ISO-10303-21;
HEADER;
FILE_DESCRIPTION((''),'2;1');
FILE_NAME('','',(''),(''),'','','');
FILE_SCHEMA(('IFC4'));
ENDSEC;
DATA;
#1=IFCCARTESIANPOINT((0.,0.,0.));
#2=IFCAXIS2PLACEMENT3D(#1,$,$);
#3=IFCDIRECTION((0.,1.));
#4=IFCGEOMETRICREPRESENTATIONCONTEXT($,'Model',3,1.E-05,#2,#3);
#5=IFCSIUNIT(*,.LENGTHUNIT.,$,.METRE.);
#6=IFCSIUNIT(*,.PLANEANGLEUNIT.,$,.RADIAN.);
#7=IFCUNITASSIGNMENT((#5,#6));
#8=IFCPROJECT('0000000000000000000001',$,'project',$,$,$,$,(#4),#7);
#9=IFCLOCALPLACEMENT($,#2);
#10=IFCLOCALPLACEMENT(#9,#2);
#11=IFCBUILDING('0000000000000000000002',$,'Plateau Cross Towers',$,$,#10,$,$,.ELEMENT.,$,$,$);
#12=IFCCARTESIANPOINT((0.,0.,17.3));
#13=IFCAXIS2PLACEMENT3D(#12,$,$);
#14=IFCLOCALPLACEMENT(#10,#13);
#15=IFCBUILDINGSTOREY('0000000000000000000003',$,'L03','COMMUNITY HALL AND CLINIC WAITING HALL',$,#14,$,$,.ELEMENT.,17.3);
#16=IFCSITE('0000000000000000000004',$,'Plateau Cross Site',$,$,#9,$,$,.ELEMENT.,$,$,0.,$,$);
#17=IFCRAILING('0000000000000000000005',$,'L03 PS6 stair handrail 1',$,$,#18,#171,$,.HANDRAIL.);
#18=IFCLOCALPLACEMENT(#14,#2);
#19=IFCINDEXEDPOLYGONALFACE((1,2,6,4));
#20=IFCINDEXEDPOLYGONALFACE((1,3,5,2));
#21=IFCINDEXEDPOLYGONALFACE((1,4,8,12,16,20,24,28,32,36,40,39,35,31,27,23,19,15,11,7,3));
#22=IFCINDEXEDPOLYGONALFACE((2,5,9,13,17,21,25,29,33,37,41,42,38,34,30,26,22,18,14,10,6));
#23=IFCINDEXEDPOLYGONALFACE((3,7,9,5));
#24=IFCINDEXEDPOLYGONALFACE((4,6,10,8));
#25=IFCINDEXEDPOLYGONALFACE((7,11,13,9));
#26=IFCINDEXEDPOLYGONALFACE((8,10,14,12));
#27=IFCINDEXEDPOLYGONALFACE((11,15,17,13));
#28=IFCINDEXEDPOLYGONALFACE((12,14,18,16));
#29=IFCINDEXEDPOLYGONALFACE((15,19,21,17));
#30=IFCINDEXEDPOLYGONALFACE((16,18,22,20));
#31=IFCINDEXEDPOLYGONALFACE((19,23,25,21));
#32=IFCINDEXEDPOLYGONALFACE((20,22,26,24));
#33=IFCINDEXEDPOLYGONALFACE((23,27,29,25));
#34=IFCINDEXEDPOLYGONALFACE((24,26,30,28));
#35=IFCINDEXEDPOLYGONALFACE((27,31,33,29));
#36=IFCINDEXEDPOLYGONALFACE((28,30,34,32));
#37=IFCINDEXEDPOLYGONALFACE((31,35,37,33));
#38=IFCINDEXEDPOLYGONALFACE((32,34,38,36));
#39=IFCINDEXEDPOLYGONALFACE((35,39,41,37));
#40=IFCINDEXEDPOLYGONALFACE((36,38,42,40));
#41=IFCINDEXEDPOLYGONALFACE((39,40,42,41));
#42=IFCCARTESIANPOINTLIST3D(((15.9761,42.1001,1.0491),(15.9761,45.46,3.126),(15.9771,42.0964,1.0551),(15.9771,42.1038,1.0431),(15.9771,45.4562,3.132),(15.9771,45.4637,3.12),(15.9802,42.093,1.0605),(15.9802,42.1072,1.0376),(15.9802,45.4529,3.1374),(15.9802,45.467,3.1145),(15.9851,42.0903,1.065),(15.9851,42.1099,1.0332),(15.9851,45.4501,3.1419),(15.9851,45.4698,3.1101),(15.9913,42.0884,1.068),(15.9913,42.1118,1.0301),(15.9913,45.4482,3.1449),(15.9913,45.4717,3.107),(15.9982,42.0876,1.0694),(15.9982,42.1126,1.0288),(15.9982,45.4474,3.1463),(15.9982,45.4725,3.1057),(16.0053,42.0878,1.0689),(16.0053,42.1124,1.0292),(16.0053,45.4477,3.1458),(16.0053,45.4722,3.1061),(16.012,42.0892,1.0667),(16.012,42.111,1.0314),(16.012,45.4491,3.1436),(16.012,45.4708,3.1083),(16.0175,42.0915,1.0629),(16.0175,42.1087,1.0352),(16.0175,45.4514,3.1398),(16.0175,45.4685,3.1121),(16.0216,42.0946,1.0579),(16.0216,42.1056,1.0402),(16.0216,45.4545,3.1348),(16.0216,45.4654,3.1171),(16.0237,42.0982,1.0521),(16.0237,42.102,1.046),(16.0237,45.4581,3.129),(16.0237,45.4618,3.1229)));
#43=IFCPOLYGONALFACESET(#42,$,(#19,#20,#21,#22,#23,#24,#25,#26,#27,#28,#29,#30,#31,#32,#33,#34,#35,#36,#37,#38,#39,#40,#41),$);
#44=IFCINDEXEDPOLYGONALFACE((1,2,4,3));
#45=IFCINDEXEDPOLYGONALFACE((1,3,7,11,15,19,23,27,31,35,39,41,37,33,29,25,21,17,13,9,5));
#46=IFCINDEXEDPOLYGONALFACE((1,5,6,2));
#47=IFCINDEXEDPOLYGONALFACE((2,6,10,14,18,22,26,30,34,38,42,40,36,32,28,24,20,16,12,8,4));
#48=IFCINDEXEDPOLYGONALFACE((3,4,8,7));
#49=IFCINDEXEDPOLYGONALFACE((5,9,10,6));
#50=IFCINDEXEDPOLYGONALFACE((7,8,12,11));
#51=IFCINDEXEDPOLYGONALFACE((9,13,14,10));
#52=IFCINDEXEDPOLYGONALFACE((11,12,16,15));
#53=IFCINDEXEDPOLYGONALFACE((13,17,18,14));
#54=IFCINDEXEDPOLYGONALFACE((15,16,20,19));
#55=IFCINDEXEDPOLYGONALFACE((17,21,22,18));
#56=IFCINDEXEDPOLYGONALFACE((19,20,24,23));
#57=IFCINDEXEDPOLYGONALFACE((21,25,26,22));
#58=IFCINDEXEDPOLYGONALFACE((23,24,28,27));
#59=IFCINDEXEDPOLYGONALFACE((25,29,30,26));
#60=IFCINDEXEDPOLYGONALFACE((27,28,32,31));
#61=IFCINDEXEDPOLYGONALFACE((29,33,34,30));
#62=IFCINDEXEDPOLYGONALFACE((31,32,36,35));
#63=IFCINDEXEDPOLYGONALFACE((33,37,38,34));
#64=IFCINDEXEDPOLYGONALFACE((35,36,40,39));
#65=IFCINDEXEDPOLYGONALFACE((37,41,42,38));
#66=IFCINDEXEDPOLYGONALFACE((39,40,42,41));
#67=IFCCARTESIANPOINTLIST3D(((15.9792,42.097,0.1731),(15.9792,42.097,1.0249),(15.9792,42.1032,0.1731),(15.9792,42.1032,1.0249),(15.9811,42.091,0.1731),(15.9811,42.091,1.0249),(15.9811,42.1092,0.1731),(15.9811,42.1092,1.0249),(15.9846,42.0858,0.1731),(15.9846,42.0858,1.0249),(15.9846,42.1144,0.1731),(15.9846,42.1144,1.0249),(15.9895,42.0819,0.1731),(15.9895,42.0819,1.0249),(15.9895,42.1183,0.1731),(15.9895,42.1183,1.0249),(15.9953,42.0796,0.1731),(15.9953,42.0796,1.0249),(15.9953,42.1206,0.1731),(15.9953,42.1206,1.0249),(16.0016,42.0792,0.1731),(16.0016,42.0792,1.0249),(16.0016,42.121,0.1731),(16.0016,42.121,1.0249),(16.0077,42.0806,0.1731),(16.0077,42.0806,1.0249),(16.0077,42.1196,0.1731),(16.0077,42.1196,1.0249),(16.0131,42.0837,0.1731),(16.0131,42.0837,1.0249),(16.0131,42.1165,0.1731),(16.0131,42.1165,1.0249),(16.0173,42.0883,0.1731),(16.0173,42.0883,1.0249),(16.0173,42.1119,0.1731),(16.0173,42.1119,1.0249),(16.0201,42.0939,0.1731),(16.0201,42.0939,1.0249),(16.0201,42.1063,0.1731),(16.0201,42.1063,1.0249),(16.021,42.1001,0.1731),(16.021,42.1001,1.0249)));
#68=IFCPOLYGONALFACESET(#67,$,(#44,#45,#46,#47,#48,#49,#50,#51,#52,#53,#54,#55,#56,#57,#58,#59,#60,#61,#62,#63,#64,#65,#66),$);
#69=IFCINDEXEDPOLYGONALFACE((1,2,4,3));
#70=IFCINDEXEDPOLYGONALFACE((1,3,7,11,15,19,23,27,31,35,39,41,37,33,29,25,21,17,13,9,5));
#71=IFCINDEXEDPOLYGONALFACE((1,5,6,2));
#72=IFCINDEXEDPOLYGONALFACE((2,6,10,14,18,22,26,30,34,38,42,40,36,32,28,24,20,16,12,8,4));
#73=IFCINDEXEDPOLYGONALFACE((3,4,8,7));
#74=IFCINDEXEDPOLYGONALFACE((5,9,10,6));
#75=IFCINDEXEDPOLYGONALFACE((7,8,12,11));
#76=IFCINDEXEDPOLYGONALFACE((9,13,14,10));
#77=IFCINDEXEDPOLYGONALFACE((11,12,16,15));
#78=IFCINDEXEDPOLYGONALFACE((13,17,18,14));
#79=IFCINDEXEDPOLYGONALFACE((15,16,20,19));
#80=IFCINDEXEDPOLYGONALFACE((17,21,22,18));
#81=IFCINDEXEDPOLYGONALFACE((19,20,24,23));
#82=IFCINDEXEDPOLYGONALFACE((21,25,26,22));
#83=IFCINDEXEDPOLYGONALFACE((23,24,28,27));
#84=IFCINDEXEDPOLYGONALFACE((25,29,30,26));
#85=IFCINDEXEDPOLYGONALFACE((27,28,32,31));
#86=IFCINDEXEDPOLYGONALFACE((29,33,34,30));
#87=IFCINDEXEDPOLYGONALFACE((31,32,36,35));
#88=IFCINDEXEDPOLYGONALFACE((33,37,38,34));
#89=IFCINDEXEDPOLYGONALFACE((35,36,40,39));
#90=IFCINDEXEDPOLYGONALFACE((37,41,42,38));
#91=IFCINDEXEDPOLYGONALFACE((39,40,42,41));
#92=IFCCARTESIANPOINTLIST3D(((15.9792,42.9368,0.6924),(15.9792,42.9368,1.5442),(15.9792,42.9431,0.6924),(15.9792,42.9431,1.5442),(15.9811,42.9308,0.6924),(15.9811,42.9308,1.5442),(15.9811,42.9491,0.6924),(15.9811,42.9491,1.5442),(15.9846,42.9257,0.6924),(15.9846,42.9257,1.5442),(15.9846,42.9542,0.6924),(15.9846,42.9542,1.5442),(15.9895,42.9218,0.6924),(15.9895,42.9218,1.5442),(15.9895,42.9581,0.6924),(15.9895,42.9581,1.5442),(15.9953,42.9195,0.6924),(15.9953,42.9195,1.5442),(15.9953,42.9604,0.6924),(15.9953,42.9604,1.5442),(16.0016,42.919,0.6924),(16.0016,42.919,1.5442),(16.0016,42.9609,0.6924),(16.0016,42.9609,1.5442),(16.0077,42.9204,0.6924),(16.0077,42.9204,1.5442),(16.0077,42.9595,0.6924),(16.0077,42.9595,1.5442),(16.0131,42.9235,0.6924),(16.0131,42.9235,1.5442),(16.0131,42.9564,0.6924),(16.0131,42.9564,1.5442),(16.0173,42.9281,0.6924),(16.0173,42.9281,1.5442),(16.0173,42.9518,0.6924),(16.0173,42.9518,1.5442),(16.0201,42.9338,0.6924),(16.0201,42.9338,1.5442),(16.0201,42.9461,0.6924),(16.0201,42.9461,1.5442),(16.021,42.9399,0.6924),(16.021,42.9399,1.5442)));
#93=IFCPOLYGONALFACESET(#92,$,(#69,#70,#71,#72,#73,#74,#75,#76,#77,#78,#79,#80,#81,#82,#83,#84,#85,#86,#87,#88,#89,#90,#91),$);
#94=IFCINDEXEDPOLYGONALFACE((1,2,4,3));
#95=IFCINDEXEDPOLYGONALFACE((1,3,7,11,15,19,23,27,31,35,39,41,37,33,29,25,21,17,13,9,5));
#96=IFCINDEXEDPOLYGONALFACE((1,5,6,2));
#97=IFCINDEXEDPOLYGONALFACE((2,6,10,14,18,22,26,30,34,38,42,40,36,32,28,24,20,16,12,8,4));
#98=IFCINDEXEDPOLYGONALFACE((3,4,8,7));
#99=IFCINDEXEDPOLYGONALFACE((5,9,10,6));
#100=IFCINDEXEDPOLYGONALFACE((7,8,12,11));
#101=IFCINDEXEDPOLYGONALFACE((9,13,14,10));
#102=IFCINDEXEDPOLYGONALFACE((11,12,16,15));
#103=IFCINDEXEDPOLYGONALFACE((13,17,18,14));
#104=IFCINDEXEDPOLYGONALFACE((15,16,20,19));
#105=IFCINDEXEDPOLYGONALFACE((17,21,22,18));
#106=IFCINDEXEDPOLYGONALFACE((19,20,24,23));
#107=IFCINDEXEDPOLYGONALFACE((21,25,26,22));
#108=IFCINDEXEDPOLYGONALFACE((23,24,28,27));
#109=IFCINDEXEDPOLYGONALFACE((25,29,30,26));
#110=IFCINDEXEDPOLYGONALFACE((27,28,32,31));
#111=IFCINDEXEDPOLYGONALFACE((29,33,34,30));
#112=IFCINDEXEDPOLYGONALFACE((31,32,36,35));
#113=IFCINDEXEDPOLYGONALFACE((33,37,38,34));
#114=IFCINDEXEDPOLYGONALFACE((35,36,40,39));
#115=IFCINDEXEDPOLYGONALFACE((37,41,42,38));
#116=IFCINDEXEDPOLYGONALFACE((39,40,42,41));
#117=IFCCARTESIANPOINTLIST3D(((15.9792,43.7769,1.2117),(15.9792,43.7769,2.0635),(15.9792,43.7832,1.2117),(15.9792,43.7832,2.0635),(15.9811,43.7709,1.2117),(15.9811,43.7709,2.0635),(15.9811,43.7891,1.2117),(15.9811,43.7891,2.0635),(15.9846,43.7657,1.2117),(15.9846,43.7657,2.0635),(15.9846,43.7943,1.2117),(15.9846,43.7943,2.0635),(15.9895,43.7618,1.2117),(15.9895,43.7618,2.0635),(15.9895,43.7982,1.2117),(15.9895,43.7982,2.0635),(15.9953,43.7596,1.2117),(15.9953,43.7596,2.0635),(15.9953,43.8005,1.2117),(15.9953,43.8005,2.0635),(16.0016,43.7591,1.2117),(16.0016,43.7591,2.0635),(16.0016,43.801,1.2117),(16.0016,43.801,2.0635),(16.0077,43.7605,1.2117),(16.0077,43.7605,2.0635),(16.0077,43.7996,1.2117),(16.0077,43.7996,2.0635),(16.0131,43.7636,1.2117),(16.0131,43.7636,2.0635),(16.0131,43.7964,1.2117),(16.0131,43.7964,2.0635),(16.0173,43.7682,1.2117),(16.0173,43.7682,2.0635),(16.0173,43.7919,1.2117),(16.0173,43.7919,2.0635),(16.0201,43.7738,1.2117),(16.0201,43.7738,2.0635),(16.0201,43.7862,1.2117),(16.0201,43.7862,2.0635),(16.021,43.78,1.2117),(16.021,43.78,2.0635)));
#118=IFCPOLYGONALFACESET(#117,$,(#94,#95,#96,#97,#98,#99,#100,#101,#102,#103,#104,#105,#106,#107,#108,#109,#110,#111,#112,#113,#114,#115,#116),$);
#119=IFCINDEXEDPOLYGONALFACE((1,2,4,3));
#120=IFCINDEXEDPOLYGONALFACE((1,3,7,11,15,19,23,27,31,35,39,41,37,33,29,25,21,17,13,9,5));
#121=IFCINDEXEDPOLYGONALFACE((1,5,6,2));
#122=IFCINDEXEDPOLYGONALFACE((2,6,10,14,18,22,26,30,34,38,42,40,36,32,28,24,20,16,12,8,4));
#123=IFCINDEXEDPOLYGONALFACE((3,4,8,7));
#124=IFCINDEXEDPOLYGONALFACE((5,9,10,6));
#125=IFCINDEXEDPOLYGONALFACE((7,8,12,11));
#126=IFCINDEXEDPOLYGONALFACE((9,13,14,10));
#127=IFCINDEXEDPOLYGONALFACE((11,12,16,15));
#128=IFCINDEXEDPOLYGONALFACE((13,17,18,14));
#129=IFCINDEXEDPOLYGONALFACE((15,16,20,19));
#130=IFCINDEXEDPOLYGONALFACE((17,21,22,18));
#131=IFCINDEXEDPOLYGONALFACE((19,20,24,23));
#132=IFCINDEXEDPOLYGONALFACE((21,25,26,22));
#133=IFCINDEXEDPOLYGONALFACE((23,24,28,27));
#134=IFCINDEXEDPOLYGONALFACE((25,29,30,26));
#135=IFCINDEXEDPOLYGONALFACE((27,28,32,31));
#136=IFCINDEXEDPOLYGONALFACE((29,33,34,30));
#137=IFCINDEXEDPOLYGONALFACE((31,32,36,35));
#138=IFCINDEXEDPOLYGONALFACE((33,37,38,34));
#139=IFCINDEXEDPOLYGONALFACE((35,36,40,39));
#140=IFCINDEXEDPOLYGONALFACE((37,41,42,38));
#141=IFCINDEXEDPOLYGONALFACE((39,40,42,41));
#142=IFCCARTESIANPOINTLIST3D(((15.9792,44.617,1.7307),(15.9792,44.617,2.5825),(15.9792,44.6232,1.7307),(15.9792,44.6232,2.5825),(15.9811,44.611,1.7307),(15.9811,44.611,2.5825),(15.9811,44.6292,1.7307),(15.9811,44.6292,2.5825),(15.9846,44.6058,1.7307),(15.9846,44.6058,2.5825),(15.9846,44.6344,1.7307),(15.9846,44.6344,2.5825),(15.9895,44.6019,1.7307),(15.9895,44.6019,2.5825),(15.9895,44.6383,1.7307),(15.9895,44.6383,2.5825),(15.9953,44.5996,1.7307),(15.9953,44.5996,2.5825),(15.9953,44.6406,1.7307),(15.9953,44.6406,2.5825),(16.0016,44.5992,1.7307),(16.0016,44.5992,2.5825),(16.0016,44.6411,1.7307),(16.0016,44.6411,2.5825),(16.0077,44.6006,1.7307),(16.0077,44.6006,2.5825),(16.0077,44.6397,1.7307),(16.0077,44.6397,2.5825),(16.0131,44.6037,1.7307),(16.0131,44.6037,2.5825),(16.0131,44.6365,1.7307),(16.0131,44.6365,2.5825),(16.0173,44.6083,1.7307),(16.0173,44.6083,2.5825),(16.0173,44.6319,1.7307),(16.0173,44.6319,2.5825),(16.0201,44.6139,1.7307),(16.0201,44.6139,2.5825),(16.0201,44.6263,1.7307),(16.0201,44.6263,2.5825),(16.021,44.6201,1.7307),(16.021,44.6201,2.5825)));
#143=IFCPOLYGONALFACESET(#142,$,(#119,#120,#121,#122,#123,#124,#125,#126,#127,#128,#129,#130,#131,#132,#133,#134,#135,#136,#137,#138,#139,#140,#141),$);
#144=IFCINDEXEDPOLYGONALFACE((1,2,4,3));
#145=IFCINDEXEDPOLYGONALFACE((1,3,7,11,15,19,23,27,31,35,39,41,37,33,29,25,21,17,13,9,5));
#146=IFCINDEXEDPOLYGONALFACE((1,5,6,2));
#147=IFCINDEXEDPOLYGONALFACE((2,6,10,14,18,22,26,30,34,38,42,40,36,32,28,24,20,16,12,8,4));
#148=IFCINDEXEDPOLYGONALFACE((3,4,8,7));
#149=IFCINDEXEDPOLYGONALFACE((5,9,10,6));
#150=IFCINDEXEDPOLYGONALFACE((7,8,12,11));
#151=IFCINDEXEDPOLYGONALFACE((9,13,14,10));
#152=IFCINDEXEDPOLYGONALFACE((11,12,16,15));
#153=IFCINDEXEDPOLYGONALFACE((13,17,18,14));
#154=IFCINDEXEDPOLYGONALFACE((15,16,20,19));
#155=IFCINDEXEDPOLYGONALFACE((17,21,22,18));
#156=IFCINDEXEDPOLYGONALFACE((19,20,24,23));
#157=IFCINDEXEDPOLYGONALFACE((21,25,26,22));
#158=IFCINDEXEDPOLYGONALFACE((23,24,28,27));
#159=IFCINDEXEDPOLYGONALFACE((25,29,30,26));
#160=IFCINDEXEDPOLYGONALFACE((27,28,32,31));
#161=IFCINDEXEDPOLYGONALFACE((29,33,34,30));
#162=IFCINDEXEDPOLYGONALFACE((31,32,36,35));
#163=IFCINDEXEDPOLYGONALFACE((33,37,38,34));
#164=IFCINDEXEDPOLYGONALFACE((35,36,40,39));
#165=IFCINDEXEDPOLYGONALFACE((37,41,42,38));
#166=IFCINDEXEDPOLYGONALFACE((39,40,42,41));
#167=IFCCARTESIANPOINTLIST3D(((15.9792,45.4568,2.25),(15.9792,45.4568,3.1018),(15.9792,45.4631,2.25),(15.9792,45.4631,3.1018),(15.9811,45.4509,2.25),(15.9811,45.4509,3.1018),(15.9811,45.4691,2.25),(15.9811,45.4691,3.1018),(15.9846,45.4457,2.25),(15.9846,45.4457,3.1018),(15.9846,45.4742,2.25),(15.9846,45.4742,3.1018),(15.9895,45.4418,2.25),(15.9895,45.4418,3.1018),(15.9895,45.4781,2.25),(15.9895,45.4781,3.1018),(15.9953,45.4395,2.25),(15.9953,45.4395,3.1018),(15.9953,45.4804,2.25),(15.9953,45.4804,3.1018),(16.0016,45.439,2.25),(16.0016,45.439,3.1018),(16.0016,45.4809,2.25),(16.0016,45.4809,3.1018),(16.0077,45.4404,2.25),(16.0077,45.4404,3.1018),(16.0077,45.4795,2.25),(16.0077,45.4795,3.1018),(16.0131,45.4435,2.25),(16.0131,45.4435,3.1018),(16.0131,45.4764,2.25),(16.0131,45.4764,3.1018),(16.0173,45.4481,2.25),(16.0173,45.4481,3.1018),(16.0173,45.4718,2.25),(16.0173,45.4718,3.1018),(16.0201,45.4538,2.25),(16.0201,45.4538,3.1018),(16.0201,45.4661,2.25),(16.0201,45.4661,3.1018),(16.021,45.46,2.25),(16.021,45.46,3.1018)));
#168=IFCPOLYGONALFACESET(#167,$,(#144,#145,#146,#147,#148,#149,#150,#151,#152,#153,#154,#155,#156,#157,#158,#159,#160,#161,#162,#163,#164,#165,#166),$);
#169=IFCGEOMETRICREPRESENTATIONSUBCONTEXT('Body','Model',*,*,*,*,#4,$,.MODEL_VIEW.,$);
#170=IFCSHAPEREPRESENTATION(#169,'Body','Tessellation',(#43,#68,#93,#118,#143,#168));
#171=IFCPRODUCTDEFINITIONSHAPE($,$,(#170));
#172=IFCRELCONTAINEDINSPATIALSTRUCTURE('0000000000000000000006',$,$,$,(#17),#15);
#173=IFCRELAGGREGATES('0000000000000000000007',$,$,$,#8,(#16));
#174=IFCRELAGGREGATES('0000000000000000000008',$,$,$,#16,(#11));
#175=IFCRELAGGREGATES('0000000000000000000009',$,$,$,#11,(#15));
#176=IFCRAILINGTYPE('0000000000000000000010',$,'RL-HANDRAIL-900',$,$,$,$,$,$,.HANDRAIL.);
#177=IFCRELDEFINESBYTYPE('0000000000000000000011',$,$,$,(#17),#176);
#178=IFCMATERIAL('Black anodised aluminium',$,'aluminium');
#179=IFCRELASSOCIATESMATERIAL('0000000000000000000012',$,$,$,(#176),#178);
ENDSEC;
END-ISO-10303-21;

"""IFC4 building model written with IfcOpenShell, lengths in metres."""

from ifc_helpers import new_model, si_unit, direction, frame, origin, origin_2d, place, context, subcontext, project, spatial, circle, extrude, material, type_object, element, save


model = new_model("IFC4")

# Units and contexts
model_context = context("Model", 3, precision=1e-05, world=origin(), true_north=direction((0.0, 1.0)))
body_context = subcontext(model_context, "Body", "Model", "MODEL_VIEW")
ifc_project = project(units=[si_unit("LENGTHUNIT", "METRE"), si_unit("PLANEANGLEUNIT", "RADIAN")], contexts=[model_context])

# Site, building, storey
site_placement = place(None, origin())
site = spatial("IfcSite", under=ifc_project, at=site_placement, Name="Plateau Cross Site", CompositionType="ELEMENT", RefElevation=0.0)
building_placement = place(site_placement, origin())
building = spatial("IfcBuilding", under=site, at=building_placement, Name="Plateau Cross Towers", CompositionType="ELEMENT")
storey_placement = place(building_placement, frame((0.0, 0.0, 17.3)))
storey = spatial("IfcBuildingStorey", under=building, at=storey_placement, Name="L03", Description="COMMUNITY HALL AND CLINIC WAITING HALL", CompositionType="ELEMENT", Elevation=17.3)

# Shared definitions
ifc_material_1 = material(Name="Black anodised aluminium", Category="aluminium")

# Railing
railing_type_1 = type_object("IfcRailingType", Name="RL-HANDRAIL-900", PredefinedType="HANDRAIL", material=ifc_material_1)
railing_1_placement = place(storey_placement, frame((16.0, 42.1001, 0.1731)))
element("IfcRailing", 1, at=railing_1_placement, inside=storey, type_object=railing_type_1, Name="L03 PS6 stair handrail 1", PredefinedType="HANDRAIL", context=body_context, shape_type="SweptSolid", body=[
    extrude(circle(Radius=0.0239, at=origin_2d()), frame((0.0, 0.0, 0.876), z_axis=(0.0, 0.850606, 0.525803), x_axis=(-1.0, 0.0, 0.0)), (0.0, 0.0, 1.0), 3.95),
    extrude(circle(Radius=0.021, at=origin_2d()), origin(), (0.0, 0.0, 1.0), 0.8518),
    extrude(circle(Radius=0.021, at=origin_2d()), frame((0.0, 0.8398, 0.5193)), (0.0, 0.0, 1.0), 0.8518),
    extrude(circle(Radius=0.021, at=origin_2d()), frame((0.0, 1.6799, 1.0386)), (0.0, 0.0, 1.0), 0.8518),
    extrude(circle(Radius=0.021, at=origin_2d()), frame((0.0, 2.52, 1.5576)), (0.0, 0.0, 1.0), 0.8518),
    extrude(circle(Radius=0.021, at=origin_2d()), frame((0.0, 3.3599, 2.0769)), (0.0, 0.0, 1.0), 0.8518),
])

save(model, "model.ifc")
